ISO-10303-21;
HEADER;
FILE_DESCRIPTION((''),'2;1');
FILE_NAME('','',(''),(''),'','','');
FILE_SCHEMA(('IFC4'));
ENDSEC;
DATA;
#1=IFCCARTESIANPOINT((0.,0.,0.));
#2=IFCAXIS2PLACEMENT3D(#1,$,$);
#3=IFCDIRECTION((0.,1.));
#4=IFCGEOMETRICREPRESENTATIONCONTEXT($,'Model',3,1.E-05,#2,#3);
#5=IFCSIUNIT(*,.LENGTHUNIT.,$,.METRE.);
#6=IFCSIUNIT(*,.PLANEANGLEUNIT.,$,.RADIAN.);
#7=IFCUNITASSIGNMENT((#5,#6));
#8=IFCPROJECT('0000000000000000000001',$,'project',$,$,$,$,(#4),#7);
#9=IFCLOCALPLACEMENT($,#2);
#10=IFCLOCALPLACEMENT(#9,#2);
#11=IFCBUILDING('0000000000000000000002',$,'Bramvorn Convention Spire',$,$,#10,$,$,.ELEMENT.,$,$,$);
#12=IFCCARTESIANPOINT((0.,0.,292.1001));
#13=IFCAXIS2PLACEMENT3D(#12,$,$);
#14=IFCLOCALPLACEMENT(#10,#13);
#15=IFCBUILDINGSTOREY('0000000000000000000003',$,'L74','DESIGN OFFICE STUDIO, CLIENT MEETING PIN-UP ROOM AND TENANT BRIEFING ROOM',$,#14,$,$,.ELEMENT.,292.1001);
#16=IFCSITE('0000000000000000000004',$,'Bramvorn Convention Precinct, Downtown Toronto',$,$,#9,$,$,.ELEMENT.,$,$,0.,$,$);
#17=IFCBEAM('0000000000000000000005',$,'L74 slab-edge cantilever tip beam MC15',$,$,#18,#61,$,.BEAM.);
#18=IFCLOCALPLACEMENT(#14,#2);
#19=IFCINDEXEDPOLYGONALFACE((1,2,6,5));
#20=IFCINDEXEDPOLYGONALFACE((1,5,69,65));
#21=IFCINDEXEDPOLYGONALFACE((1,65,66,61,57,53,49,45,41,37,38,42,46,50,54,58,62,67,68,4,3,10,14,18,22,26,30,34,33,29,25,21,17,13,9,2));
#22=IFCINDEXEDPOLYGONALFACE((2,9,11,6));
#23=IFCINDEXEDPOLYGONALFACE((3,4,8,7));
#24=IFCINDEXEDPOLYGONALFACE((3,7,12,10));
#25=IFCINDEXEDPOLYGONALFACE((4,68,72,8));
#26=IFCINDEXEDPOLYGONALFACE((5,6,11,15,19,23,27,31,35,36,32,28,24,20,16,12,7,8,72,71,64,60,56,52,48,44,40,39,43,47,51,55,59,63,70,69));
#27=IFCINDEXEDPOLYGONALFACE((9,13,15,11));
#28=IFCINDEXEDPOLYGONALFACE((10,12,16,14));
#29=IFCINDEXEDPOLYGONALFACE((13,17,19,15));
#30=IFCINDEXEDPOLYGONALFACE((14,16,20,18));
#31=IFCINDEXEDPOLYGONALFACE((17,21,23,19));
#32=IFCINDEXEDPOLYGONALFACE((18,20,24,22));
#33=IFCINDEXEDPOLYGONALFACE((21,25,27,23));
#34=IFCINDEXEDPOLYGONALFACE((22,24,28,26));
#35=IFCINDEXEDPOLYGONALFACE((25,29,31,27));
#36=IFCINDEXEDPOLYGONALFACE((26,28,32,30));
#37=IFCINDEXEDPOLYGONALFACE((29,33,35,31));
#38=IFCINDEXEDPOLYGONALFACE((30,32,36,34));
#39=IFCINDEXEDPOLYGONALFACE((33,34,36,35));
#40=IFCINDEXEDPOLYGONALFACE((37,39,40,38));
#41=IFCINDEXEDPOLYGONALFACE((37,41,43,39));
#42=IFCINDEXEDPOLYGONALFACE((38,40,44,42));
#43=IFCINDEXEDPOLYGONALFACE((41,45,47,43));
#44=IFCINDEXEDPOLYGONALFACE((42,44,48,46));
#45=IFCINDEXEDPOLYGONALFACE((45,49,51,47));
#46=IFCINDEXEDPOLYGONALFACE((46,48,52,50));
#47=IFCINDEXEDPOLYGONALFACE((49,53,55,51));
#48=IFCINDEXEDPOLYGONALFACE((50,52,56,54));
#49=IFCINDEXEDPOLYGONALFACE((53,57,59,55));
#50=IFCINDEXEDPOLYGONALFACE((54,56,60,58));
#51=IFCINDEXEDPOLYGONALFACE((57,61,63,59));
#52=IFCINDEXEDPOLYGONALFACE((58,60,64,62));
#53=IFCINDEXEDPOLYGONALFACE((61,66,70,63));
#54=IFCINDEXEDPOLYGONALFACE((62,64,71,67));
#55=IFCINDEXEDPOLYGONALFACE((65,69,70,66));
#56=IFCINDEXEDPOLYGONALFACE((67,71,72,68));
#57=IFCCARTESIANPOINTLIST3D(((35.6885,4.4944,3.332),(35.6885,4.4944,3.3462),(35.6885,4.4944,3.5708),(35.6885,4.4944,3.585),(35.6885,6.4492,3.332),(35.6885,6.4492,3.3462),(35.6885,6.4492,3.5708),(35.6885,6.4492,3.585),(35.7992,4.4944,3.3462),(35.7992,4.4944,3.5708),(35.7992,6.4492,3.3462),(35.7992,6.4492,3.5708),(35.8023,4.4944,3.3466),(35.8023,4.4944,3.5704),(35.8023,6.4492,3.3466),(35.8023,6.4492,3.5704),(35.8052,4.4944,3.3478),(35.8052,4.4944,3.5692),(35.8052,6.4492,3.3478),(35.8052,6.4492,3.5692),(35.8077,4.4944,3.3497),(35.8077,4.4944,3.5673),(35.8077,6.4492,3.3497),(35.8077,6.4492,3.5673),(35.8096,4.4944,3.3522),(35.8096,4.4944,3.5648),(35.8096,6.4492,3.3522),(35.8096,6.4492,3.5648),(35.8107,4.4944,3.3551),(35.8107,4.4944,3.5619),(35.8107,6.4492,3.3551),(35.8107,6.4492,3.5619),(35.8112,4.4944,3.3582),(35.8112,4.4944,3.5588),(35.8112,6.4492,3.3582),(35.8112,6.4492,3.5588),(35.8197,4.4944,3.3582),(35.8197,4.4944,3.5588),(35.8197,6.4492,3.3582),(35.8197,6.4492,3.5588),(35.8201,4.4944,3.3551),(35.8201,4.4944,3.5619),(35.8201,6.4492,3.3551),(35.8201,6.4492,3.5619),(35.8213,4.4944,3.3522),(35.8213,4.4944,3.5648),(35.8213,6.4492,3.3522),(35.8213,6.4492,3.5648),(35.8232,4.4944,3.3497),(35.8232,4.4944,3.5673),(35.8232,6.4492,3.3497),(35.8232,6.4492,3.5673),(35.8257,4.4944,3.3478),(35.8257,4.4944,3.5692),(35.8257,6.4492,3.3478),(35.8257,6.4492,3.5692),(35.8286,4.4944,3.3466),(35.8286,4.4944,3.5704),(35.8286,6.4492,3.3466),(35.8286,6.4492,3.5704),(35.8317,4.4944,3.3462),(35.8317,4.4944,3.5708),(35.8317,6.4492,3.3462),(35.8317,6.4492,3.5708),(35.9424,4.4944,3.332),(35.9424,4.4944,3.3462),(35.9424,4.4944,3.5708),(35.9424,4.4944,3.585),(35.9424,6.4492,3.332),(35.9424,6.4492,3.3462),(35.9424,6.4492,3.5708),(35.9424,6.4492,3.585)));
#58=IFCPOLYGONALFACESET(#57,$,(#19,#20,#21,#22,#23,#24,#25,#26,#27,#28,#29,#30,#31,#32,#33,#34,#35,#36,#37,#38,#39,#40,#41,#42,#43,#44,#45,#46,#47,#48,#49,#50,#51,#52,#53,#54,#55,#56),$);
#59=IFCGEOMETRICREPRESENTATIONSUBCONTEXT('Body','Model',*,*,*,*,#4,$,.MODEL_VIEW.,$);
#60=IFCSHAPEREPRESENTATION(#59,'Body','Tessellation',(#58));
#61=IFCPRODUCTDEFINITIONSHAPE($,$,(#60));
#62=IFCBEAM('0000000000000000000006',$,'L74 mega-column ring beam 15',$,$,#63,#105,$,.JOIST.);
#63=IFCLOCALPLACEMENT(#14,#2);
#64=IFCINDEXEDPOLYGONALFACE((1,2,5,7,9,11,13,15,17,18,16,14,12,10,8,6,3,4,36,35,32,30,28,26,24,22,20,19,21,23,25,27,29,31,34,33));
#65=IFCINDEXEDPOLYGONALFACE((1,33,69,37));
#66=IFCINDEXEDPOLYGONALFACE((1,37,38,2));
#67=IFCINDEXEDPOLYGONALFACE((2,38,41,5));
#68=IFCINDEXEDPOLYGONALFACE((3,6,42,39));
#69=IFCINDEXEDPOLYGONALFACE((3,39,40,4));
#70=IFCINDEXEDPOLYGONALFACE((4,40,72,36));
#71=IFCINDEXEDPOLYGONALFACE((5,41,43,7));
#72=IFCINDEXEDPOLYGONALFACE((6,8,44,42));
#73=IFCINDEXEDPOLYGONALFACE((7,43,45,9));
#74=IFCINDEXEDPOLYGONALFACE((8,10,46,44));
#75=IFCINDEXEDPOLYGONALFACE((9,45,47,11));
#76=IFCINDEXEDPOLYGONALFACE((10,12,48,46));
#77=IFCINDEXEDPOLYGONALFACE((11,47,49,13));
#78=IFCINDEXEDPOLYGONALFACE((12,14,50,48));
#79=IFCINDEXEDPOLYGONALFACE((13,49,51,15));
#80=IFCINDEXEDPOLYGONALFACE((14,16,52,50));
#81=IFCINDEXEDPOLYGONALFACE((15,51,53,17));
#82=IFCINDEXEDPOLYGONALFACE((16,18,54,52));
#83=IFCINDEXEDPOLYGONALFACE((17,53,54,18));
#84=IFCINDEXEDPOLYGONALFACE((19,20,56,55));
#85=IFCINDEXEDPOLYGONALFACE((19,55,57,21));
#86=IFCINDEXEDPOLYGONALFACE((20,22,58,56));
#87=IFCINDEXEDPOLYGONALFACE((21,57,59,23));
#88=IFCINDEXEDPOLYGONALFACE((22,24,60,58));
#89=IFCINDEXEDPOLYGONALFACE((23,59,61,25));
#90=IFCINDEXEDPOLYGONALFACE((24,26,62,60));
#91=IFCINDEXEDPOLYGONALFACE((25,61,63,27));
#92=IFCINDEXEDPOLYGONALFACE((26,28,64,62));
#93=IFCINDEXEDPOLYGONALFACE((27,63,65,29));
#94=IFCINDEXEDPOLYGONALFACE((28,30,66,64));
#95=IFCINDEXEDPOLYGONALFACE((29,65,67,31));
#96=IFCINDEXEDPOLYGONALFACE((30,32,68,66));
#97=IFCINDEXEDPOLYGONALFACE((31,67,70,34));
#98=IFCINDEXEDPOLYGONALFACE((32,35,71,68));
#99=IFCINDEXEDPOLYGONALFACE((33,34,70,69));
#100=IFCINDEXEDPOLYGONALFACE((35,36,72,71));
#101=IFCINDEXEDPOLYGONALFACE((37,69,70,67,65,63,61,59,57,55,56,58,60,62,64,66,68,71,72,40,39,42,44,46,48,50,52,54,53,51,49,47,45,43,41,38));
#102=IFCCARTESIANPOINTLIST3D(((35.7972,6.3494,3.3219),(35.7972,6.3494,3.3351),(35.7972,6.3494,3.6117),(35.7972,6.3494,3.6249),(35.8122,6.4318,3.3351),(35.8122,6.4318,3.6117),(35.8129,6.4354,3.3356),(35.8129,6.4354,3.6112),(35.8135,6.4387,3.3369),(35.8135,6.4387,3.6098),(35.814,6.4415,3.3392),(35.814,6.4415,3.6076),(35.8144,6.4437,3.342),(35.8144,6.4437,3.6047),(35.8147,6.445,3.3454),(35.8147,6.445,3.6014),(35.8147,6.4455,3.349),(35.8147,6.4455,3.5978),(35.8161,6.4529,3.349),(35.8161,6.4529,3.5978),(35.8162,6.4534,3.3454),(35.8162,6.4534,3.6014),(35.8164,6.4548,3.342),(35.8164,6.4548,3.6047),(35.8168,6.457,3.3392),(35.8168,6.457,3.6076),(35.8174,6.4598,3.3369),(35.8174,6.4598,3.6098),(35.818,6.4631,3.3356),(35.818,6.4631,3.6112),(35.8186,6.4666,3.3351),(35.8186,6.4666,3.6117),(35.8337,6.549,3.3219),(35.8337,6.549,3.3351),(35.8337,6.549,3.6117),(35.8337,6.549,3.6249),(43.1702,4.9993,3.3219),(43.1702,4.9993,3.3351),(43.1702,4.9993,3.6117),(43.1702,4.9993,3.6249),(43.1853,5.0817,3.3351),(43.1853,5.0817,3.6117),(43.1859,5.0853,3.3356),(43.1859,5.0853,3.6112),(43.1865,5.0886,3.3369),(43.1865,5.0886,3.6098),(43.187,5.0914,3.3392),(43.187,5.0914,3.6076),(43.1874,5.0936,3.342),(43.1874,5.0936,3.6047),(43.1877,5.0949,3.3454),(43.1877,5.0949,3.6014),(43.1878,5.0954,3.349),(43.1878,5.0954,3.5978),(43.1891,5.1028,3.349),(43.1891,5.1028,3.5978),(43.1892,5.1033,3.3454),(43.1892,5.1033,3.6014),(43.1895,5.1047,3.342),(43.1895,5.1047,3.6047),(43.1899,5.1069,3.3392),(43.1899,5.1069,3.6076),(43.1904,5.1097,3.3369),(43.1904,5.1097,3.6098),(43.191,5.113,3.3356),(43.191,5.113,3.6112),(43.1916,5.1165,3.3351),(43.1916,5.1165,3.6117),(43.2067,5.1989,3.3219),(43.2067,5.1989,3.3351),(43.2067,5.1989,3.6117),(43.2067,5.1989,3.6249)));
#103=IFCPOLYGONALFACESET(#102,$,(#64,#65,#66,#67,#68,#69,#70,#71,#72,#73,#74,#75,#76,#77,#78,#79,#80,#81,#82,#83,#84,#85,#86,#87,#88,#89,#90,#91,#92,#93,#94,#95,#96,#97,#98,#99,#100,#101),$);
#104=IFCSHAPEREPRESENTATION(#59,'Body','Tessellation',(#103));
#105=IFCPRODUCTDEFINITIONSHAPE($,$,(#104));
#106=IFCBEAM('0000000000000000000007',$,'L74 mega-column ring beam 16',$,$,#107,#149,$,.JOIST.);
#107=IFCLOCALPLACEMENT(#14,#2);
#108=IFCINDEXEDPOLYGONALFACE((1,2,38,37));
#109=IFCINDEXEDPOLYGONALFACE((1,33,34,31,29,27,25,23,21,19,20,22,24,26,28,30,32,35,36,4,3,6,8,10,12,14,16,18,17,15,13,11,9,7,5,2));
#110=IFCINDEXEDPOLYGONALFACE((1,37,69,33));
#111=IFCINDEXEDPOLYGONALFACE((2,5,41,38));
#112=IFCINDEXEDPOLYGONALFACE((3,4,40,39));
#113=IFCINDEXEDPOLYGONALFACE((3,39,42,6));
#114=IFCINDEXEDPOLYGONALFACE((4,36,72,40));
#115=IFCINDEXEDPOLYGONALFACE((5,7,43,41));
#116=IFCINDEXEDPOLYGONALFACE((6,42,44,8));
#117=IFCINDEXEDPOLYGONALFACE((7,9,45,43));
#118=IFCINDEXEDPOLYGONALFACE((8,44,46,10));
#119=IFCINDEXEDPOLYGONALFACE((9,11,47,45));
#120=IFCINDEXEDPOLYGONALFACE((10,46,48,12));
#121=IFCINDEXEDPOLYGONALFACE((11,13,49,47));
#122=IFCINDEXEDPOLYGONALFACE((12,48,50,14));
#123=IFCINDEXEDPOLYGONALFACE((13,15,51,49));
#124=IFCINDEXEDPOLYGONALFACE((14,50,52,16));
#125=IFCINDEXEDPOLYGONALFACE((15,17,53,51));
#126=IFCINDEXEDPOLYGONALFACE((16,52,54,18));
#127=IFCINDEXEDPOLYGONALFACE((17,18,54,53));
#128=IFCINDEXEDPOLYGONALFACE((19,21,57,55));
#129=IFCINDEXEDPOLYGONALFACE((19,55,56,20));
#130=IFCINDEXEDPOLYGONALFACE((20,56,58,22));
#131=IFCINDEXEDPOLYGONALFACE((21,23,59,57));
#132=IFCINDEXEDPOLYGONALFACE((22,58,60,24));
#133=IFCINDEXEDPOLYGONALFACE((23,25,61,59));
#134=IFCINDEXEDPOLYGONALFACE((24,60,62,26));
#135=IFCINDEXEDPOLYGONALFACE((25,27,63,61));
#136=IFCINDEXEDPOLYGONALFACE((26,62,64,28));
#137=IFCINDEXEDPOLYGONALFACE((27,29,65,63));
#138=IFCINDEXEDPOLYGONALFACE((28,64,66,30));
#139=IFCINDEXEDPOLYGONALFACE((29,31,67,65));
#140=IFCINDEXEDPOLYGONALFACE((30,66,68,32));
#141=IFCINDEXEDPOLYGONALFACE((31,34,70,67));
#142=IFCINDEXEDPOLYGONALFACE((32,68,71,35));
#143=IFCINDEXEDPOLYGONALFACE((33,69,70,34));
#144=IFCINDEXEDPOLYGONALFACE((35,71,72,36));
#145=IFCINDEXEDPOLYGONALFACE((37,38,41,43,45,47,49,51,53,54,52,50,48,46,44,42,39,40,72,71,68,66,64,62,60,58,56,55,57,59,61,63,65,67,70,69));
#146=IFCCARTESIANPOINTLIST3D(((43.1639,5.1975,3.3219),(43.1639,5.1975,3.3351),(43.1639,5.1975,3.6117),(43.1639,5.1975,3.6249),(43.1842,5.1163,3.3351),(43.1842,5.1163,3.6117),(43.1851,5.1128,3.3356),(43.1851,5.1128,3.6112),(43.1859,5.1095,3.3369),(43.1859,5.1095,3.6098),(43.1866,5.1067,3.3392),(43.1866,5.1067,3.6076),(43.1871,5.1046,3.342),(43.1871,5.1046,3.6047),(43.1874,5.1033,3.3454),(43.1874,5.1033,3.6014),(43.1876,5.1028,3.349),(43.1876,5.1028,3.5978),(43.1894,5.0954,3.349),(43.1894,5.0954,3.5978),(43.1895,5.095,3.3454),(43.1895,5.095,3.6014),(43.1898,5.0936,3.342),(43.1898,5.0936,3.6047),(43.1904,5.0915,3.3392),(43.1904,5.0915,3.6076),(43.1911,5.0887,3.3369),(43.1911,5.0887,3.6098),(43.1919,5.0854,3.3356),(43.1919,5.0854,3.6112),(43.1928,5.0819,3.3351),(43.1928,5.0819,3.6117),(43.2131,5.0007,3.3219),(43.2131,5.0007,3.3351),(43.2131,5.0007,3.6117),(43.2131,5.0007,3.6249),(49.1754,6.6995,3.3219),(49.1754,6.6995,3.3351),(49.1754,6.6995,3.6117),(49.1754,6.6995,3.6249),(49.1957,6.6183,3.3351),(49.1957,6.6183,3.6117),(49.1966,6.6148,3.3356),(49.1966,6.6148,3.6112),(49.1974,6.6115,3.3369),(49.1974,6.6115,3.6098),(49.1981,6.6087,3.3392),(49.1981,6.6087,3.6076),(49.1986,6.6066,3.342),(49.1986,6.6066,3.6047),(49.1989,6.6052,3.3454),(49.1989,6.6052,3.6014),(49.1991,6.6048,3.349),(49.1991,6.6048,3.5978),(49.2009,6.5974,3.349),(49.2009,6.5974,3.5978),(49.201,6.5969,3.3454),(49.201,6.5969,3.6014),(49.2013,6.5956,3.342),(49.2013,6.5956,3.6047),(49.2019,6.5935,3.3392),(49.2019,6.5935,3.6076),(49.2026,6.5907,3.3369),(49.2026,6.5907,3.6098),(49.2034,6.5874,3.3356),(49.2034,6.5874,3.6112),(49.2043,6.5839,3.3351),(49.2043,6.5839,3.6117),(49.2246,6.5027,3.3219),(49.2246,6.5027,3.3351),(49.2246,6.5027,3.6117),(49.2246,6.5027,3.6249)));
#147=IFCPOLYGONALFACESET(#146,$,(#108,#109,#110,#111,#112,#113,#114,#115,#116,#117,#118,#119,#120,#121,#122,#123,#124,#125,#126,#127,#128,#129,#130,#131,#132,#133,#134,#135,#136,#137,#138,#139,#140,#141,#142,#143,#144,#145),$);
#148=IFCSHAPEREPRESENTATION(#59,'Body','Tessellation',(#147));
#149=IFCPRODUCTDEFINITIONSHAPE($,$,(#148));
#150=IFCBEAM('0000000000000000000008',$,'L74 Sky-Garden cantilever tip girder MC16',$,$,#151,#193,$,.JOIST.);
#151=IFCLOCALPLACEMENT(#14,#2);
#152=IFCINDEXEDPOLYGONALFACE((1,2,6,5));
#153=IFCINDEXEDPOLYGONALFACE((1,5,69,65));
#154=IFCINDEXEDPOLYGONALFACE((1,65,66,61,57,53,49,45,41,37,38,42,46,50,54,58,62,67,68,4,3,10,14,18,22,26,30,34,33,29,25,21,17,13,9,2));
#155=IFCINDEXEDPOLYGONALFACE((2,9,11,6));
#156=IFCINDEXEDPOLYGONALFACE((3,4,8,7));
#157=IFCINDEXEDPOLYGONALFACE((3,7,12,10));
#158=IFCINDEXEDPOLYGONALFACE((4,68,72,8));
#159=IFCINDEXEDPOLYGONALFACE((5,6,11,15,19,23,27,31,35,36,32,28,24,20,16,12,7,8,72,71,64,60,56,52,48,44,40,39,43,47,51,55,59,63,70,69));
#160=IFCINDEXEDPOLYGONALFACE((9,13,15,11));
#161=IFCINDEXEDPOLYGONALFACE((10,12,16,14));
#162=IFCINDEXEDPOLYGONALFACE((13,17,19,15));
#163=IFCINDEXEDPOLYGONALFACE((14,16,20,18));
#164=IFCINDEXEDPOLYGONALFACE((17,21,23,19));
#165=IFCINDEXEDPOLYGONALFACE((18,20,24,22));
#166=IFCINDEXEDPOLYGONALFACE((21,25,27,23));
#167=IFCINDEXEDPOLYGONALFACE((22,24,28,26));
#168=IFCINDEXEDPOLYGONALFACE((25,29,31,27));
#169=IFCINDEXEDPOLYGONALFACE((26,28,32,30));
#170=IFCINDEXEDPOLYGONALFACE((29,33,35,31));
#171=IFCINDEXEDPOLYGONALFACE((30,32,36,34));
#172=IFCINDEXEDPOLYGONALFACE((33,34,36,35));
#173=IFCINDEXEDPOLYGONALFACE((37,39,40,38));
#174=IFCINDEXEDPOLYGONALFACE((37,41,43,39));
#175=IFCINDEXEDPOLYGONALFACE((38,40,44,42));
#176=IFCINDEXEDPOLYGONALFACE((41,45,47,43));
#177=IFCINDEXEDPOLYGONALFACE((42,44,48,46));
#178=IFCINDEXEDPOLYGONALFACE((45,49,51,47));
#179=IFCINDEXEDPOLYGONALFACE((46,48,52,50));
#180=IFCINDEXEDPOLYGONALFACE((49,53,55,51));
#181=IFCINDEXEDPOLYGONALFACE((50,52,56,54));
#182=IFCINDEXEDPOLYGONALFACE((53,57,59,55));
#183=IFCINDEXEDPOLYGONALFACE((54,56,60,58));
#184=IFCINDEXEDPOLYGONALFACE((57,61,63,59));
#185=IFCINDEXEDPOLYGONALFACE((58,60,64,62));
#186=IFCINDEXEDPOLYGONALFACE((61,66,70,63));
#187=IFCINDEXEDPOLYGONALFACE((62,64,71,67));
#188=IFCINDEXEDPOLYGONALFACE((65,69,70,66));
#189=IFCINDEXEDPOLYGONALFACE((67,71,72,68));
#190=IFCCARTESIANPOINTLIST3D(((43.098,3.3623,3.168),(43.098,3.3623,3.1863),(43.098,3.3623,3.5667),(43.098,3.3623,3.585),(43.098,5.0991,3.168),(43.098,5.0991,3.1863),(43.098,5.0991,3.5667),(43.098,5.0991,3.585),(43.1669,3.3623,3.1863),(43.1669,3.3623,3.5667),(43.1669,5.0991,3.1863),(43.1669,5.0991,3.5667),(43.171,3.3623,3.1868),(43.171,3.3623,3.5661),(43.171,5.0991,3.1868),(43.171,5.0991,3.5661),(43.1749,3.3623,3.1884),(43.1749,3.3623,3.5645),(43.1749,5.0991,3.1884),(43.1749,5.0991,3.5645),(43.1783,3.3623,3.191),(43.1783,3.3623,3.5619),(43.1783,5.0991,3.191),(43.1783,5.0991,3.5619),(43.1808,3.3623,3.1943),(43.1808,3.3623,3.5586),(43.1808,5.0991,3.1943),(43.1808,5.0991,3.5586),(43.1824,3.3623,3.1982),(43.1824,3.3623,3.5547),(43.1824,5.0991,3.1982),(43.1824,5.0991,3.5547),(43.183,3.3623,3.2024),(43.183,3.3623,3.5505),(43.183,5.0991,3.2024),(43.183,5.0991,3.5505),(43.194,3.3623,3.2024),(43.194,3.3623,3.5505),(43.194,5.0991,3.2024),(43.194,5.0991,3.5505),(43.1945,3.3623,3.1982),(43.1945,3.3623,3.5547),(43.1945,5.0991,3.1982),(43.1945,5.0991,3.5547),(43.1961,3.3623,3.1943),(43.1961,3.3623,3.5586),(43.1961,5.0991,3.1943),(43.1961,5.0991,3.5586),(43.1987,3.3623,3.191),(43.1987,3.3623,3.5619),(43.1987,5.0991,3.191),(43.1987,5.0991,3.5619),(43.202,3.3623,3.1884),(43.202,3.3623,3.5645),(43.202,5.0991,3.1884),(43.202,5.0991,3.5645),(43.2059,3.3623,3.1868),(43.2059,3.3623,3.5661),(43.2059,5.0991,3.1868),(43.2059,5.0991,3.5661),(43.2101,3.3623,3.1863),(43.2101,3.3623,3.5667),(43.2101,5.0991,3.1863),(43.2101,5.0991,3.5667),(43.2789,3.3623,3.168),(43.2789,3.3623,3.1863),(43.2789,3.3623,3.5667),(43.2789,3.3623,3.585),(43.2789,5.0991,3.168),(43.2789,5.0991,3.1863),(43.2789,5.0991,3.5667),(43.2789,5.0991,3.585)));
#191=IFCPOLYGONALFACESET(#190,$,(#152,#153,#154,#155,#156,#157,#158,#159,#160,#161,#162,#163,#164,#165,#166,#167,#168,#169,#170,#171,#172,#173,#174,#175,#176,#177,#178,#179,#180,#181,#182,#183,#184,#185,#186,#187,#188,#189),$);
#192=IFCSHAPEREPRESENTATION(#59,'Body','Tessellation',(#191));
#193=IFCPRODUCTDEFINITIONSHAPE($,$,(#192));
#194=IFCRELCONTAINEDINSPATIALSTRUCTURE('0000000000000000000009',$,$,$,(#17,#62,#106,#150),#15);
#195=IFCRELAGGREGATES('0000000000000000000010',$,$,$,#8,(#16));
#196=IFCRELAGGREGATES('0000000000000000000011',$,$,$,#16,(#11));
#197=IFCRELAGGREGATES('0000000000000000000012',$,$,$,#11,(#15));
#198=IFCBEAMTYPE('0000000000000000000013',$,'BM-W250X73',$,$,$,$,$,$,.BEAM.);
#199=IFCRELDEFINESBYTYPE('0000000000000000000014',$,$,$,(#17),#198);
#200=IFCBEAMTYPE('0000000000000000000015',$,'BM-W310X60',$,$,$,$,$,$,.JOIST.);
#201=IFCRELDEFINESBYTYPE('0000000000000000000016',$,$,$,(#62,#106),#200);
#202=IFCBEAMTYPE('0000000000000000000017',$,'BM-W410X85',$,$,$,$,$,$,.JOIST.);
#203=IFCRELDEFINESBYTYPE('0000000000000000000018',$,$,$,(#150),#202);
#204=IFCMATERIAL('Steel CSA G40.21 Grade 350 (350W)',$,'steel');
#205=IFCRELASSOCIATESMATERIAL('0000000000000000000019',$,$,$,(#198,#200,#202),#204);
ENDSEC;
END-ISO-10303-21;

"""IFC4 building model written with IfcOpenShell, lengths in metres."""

from ifc_helpers import new_model, si_unit, direction, frame, origin, origin_2d, place, context, subcontext, project, spatial, i_section, extrude, material, material_profile, profile_set, type_object, element, save


model = new_model("IFC4")

# Units and contexts
model_context = context("Model", 3, precision=1e-05, world=origin(), true_north=direction((0.0, 1.0)))
body_context = subcontext(model_context, "Body", "Model", "MODEL_VIEW")
ifc_project = project(units=[si_unit("LENGTHUNIT", "METRE"), si_unit("PLANEANGLEUNIT", "RADIAN")], contexts=[model_context])

# Site, building, storey
site_placement = place(None, origin())
site = spatial("IfcSite", under=ifc_project, at=site_placement, Name="Bramvorn Convention Precinct, Downtown Toronto", CompositionType="ELEMENT", RefElevation=0.0)
building_placement = place(site_placement, origin())
building = spatial("IfcBuilding", under=site, at=building_placement, Name="Bramvorn Convention Spire", CompositionType="ELEMENT")
storey_placement = place(building_placement, frame((0.0, 0.0, 292.1001)))
storey = spatial("IfcBuildingStorey", under=building, at=storey_placement, Name="L74", Description="DESIGN OFFICE STUDIO, CLIENT MEETING PIN-UP ROOM AND TENANT BRIEFING ROOM", CompositionType="ELEMENT", Elevation=292.1001)

# Shared definitions
ifc_material_1 = material(Name="Steel CSA G40.21 Grade 350 (350W)", Category="steel")

# Beams
ifc_material_profile_1 = material_profile(ifc_material_1, i_section(OverallWidth=0.2539, OverallDepth=0.2529, WebThickness=0.0085, FlangeThickness=0.0142, FilletRadius=0.012, at=origin_2d()))
ifc_profile_set_1 = profile_set([ifc_material_profile_1], Name="Steel CSA G40.21 Grade 350 (350W) - W250X73")
beam_type_1 = type_object("IfcBeamType", Name="BM-W250X73", PredefinedType="BEAM", material=ifc_profile_set_1)
beam_1_placement = place(storey_placement, frame((35.8154, 6.4492, 3.4585), z_axis=(0.0, -1.0, 0.0), x_axis=(1.0, 0.0, 0.0)))
element("IfcBeam", 1, at=beam_1_placement, inside=storey, type_object=beam_type_1, Name="L74 slab-edge cantilever tip beam MC15", PredefinedType="BEAM", context=body_context, shape_type="SweptSolid", body=[
    extrude(i_section(OverallWidth=0.2539, OverallDepth=0.2529, WebThickness=0.0085, FlangeThickness=0.0142, FilletRadius=0.012, at=origin_2d()), origin(), (0.0, 0.0, 1.0), 1.9548),
])
ifc_material_profile_2 = material_profile(ifc_material_1, i_section(OverallWidth=0.2029, OverallDepth=0.303, WebThickness=0.0076, FlangeThickness=0.0132, FilletRadius=0.0139, at=origin_2d()))
ifc_profile_set_2 = profile_set([ifc_material_profile_2], Name="Steel CSA G40.21 Grade 350 (350W) - W310X60")
beam_type_2 = type_object("IfcBeamType", Name="BM-W310X60", PredefinedType="JOIST", material=ifc_profile_set_2)
beam_2_placement = place(storey_placement, frame((35.8154, 6.4492, 3.4734), z_axis=(0.983645, -0.180118, 0.0), x_axis=(0.180118, 0.983645, 0.0)))
element("IfcBeam", 2, at=beam_2_placement, inside=storey, type_object=beam_type_2, Name="L74 mega-column ring beam 15", PredefinedType="JOIST", context=body_context, shape_type="SweptSolid", body=[
    extrude(i_section(OverallWidth=0.2029, OverallDepth=0.303, WebThickness=0.0076, FlangeThickness=0.0132, FilletRadius=0.0139, at=origin_2d()), origin(), (0.0, 0.0, 1.0), 7.4956),
])
beam_3_placement = place(storey_placement, frame((43.1885, 5.0991, 3.4734), z_axis=(0.970177, 0.242397, 0.0), x_axis=(-0.242397, 0.970177, 0.0)))
element("IfcBeam", 3, at=beam_3_placement, inside=storey, type_object=beam_type_2, Name="L74 mega-column ring beam 16", PredefinedType="JOIST", context=body_context, shape_type="SweptSolid", body=[
    extrude(i_section(OverallWidth=0.2029, OverallDepth=0.303, WebThickness=0.0076, FlangeThickness=0.0132, FilletRadius=0.0139, at=origin_2d()), origin(), (0.0, 0.0, 1.0), 6.1963),
])
ifc_material_profile_3 = material_profile(ifc_material_1, i_section(OverallWidth=0.1809, OverallDepth=0.417, WebThickness=0.011, FlangeThickness=0.0183, FilletRadius=0.0161, at=origin_2d()))
ifc_profile_set_3 = profile_set([ifc_material_profile_3], Name="Steel CSA G40.21 Grade 350 (350W) - W410X85")
beam_type_3 = type_object("IfcBeamType", Name="BM-W410X85", PredefinedType="JOIST", material=ifc_profile_set_3)
beam_4_placement = place(storey_placement, frame((43.1885, 5.0991, 3.3765), z_axis=(0.0, -1.0, 0.0), x_axis=(1.0, 0.0, 0.0)))
element("IfcBeam", 4, at=beam_4_placement, inside=storey, type_object=beam_type_3, Name="L74 Sky-Garden cantilever tip girder MC16", PredefinedType="JOIST", context=body_context, shape_type="SweptSolid", body=[
    extrude(i_section(OverallWidth=0.1809, OverallDepth=0.417, WebThickness=0.011, FlangeThickness=0.0183, FilletRadius=0.0161, at=origin_2d()), origin(), (0.0, 0.0, 1.0), 1.7368),
])

save(model, "model.ifc")
